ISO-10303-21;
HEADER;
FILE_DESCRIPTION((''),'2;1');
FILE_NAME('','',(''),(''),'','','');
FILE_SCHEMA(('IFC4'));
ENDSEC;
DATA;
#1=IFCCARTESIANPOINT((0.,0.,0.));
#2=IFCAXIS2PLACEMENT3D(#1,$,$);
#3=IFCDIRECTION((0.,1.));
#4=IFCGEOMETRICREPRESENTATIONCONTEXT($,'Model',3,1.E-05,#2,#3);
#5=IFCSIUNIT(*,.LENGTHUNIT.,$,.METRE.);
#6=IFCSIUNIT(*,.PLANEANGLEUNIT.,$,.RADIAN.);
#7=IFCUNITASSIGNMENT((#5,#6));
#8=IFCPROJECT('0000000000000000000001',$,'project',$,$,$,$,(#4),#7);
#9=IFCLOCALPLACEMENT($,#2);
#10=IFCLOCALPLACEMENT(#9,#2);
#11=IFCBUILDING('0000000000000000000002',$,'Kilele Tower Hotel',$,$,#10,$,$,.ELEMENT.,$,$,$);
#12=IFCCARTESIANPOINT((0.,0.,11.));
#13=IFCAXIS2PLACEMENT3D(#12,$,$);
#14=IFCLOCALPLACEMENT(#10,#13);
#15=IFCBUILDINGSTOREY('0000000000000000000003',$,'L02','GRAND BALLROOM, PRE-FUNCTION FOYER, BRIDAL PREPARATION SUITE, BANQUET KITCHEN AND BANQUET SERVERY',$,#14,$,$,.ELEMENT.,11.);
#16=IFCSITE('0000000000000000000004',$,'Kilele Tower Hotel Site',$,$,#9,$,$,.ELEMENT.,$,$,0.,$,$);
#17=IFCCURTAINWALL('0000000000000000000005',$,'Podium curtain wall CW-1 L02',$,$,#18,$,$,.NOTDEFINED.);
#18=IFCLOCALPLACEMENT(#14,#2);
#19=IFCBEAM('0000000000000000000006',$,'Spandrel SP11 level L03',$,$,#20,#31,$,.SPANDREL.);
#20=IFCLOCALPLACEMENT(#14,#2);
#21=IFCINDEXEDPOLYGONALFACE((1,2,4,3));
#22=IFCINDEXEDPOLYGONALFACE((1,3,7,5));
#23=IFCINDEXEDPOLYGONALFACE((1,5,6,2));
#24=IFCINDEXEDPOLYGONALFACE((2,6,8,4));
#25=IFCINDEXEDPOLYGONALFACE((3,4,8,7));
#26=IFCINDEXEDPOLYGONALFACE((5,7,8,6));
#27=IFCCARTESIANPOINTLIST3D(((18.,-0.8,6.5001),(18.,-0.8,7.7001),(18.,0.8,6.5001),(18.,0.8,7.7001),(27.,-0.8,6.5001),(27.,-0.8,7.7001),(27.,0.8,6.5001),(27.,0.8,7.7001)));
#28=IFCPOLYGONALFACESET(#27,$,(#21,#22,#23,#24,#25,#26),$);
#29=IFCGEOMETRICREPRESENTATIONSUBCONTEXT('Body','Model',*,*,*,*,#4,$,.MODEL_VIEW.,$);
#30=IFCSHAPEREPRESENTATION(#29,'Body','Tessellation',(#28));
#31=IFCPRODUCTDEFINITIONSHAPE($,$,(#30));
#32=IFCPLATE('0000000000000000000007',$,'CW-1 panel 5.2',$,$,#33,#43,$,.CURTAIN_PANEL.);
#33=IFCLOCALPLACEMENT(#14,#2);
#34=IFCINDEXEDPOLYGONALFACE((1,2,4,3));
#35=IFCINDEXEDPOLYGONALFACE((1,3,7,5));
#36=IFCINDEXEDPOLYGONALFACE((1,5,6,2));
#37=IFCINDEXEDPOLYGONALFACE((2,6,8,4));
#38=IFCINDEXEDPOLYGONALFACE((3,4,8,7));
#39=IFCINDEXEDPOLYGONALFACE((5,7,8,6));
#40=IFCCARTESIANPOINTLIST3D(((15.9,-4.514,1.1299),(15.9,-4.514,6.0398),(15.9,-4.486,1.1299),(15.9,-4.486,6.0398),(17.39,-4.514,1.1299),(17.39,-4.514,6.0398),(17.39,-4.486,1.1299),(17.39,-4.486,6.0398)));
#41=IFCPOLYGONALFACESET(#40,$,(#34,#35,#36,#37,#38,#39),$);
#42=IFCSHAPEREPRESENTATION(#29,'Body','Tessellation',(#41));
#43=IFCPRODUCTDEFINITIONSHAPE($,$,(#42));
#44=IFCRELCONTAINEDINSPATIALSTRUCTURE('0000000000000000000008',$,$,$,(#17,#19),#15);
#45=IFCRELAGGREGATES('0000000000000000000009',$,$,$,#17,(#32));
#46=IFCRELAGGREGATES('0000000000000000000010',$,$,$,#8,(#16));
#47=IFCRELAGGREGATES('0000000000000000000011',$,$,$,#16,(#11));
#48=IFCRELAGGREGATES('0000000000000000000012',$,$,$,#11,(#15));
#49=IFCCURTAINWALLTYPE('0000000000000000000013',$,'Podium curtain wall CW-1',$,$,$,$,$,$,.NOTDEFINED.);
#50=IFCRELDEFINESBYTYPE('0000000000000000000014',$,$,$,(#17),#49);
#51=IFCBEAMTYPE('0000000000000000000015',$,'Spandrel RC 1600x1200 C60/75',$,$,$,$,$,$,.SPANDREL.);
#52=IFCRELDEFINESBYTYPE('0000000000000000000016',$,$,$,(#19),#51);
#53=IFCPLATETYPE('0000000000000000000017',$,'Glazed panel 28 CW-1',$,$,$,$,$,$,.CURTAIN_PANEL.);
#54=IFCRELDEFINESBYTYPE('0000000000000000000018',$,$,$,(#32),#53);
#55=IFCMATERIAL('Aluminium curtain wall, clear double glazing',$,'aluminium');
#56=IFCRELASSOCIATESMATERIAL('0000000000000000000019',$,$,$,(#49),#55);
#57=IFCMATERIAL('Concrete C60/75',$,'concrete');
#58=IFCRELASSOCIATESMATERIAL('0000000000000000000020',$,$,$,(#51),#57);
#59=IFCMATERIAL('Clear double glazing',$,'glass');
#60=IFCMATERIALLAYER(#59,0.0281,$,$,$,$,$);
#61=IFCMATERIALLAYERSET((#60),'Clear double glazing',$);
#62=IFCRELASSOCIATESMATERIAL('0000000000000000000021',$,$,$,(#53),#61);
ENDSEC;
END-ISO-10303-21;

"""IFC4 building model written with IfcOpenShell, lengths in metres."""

from ifc_helpers import new_model, si_unit, direction, frame, origin, origin_2d, place, context, subcontext, project, spatial, rectangle, extrude, material, layer, layer_set, material_profile, profile_set, type_object, element, aggregate, save


model = new_model("IFC4")

# Units and contexts
model_context = context("Model", 3, precision=1e-05, world=origin(), true_north=direction((0.0, 1.0)))
body_context = subcontext(model_context, "Body", "Model", "MODEL_VIEW")
ifc_project = project(units=[si_unit("LENGTHUNIT", "METRE"), si_unit("PLANEANGLEUNIT", "RADIAN")], contexts=[model_context])

# Site, building, storey
site_placement = place(None, origin())
site = spatial("IfcSite", under=ifc_project, at=site_placement, Name="Kilele Tower Hotel Site", CompositionType="ELEMENT", RefElevation=0.0)
building_placement = place(site_placement, origin())
building = spatial("IfcBuilding", under=site, at=building_placement, Name="Kilele Tower Hotel", CompositionType="ELEMENT")
storey_placement = place(building_placement, frame((0.0, 0.0, 11.0)))
storey = spatial("IfcBuildingStorey", under=building, at=storey_placement, Name="L02", Description="GRAND BALLROOM, PRE-FUNCTION FOYER, BRIDAL PREPARATION SUITE, BANQUET KITCHEN AND BANQUET SERVERY", CompositionType="ELEMENT", Elevation=11.0)

# Curtain wall
ifc_material_1 = material(Name="Aluminium curtain wall, clear double glazing", Category="aluminium")
curtain_wall_type = type_object("IfcCurtainWallType", Name="Podium curtain wall CW-1", PredefinedType="NOTDEFINED", material=ifc_material_1)
curtain_wall_placement = place(storey_placement, origin())
curtain_wall = element("IfcCurtainWall", 1, at=curtain_wall_placement, inside=storey, type_object=curtain_wall_type, Name="Podium curtain wall CW-1 L02", PredefinedType="NOTDEFINED")

# Beam
ifc_material_2 = material(Name="Concrete C60/75", Category="concrete")
ifc_material_profile_1 = material_profile(ifc_material_2, rectangle(XDim=1.6001, YDim=1.2, at=origin_2d()))
ifc_profile_set_1 = profile_set([ifc_material_profile_1], Name="Concrete C60/75")
beam_type_1 = type_object("IfcBeamType", Name="Spandrel RC 1600x1200 C60/75", PredefinedType="SPANDREL", material=ifc_profile_set_1)
for number, where, z_axis, x_axis, name in (
    (2, (18.0, 0.0, 7.1001), (1.0, 0.0, 0.0), (0.0, 1.0, 0.0), "Spandrel SP11 level L03"),
):
    element("IfcBeam", number, at=place(storey_placement, frame(where, z_axis=z_axis, x_axis=x_axis)), inside=storey, type_object=beam_type_1, Name=name, PredefinedType="SPANDREL", context=body_context, shape_type="SweptSolid", body=[
        extrude(rectangle(XDim=1.6001, YDim=1.2, at=origin_2d()), origin(), (0.0, 0.0, 1.0), 9.0),
    ])

# Plate
ifc_material_3 = material(Name="Clear double glazing", Category="glass")
ifc_layer = layer(ifc_material_3, 0.0281)
ifc_layer_set = layer_set([ifc_layer], Name="Clear double glazing")
plate_type = type_object("IfcPlateType", Name="Glazed panel 28 CW-1", PredefinedType="CURTAIN_PANEL", material=ifc_layer_set)
plate_placement = place(storey_placement, frame((16.645, -4.5, 1.1299), z_axis=(0.0, 0.0, 1.0), x_axis=(1.0, 0.0, 0.0)))
plate = element("IfcPlate", 3, at=plate_placement, type_object=plate_type, Name="CW-1 panel 5.2", PredefinedType="CURTAIN_PANEL", context=body_context, shape_type="SweptSolid", body=[
    extrude(rectangle(XDim=1.49, YDim=0.0281, at=origin_2d()), origin(), (0.0, 0.0, 1.0), 4.9099),
])
aggregate(curtain_wall, [plate])

save(model, "model.ifc")
